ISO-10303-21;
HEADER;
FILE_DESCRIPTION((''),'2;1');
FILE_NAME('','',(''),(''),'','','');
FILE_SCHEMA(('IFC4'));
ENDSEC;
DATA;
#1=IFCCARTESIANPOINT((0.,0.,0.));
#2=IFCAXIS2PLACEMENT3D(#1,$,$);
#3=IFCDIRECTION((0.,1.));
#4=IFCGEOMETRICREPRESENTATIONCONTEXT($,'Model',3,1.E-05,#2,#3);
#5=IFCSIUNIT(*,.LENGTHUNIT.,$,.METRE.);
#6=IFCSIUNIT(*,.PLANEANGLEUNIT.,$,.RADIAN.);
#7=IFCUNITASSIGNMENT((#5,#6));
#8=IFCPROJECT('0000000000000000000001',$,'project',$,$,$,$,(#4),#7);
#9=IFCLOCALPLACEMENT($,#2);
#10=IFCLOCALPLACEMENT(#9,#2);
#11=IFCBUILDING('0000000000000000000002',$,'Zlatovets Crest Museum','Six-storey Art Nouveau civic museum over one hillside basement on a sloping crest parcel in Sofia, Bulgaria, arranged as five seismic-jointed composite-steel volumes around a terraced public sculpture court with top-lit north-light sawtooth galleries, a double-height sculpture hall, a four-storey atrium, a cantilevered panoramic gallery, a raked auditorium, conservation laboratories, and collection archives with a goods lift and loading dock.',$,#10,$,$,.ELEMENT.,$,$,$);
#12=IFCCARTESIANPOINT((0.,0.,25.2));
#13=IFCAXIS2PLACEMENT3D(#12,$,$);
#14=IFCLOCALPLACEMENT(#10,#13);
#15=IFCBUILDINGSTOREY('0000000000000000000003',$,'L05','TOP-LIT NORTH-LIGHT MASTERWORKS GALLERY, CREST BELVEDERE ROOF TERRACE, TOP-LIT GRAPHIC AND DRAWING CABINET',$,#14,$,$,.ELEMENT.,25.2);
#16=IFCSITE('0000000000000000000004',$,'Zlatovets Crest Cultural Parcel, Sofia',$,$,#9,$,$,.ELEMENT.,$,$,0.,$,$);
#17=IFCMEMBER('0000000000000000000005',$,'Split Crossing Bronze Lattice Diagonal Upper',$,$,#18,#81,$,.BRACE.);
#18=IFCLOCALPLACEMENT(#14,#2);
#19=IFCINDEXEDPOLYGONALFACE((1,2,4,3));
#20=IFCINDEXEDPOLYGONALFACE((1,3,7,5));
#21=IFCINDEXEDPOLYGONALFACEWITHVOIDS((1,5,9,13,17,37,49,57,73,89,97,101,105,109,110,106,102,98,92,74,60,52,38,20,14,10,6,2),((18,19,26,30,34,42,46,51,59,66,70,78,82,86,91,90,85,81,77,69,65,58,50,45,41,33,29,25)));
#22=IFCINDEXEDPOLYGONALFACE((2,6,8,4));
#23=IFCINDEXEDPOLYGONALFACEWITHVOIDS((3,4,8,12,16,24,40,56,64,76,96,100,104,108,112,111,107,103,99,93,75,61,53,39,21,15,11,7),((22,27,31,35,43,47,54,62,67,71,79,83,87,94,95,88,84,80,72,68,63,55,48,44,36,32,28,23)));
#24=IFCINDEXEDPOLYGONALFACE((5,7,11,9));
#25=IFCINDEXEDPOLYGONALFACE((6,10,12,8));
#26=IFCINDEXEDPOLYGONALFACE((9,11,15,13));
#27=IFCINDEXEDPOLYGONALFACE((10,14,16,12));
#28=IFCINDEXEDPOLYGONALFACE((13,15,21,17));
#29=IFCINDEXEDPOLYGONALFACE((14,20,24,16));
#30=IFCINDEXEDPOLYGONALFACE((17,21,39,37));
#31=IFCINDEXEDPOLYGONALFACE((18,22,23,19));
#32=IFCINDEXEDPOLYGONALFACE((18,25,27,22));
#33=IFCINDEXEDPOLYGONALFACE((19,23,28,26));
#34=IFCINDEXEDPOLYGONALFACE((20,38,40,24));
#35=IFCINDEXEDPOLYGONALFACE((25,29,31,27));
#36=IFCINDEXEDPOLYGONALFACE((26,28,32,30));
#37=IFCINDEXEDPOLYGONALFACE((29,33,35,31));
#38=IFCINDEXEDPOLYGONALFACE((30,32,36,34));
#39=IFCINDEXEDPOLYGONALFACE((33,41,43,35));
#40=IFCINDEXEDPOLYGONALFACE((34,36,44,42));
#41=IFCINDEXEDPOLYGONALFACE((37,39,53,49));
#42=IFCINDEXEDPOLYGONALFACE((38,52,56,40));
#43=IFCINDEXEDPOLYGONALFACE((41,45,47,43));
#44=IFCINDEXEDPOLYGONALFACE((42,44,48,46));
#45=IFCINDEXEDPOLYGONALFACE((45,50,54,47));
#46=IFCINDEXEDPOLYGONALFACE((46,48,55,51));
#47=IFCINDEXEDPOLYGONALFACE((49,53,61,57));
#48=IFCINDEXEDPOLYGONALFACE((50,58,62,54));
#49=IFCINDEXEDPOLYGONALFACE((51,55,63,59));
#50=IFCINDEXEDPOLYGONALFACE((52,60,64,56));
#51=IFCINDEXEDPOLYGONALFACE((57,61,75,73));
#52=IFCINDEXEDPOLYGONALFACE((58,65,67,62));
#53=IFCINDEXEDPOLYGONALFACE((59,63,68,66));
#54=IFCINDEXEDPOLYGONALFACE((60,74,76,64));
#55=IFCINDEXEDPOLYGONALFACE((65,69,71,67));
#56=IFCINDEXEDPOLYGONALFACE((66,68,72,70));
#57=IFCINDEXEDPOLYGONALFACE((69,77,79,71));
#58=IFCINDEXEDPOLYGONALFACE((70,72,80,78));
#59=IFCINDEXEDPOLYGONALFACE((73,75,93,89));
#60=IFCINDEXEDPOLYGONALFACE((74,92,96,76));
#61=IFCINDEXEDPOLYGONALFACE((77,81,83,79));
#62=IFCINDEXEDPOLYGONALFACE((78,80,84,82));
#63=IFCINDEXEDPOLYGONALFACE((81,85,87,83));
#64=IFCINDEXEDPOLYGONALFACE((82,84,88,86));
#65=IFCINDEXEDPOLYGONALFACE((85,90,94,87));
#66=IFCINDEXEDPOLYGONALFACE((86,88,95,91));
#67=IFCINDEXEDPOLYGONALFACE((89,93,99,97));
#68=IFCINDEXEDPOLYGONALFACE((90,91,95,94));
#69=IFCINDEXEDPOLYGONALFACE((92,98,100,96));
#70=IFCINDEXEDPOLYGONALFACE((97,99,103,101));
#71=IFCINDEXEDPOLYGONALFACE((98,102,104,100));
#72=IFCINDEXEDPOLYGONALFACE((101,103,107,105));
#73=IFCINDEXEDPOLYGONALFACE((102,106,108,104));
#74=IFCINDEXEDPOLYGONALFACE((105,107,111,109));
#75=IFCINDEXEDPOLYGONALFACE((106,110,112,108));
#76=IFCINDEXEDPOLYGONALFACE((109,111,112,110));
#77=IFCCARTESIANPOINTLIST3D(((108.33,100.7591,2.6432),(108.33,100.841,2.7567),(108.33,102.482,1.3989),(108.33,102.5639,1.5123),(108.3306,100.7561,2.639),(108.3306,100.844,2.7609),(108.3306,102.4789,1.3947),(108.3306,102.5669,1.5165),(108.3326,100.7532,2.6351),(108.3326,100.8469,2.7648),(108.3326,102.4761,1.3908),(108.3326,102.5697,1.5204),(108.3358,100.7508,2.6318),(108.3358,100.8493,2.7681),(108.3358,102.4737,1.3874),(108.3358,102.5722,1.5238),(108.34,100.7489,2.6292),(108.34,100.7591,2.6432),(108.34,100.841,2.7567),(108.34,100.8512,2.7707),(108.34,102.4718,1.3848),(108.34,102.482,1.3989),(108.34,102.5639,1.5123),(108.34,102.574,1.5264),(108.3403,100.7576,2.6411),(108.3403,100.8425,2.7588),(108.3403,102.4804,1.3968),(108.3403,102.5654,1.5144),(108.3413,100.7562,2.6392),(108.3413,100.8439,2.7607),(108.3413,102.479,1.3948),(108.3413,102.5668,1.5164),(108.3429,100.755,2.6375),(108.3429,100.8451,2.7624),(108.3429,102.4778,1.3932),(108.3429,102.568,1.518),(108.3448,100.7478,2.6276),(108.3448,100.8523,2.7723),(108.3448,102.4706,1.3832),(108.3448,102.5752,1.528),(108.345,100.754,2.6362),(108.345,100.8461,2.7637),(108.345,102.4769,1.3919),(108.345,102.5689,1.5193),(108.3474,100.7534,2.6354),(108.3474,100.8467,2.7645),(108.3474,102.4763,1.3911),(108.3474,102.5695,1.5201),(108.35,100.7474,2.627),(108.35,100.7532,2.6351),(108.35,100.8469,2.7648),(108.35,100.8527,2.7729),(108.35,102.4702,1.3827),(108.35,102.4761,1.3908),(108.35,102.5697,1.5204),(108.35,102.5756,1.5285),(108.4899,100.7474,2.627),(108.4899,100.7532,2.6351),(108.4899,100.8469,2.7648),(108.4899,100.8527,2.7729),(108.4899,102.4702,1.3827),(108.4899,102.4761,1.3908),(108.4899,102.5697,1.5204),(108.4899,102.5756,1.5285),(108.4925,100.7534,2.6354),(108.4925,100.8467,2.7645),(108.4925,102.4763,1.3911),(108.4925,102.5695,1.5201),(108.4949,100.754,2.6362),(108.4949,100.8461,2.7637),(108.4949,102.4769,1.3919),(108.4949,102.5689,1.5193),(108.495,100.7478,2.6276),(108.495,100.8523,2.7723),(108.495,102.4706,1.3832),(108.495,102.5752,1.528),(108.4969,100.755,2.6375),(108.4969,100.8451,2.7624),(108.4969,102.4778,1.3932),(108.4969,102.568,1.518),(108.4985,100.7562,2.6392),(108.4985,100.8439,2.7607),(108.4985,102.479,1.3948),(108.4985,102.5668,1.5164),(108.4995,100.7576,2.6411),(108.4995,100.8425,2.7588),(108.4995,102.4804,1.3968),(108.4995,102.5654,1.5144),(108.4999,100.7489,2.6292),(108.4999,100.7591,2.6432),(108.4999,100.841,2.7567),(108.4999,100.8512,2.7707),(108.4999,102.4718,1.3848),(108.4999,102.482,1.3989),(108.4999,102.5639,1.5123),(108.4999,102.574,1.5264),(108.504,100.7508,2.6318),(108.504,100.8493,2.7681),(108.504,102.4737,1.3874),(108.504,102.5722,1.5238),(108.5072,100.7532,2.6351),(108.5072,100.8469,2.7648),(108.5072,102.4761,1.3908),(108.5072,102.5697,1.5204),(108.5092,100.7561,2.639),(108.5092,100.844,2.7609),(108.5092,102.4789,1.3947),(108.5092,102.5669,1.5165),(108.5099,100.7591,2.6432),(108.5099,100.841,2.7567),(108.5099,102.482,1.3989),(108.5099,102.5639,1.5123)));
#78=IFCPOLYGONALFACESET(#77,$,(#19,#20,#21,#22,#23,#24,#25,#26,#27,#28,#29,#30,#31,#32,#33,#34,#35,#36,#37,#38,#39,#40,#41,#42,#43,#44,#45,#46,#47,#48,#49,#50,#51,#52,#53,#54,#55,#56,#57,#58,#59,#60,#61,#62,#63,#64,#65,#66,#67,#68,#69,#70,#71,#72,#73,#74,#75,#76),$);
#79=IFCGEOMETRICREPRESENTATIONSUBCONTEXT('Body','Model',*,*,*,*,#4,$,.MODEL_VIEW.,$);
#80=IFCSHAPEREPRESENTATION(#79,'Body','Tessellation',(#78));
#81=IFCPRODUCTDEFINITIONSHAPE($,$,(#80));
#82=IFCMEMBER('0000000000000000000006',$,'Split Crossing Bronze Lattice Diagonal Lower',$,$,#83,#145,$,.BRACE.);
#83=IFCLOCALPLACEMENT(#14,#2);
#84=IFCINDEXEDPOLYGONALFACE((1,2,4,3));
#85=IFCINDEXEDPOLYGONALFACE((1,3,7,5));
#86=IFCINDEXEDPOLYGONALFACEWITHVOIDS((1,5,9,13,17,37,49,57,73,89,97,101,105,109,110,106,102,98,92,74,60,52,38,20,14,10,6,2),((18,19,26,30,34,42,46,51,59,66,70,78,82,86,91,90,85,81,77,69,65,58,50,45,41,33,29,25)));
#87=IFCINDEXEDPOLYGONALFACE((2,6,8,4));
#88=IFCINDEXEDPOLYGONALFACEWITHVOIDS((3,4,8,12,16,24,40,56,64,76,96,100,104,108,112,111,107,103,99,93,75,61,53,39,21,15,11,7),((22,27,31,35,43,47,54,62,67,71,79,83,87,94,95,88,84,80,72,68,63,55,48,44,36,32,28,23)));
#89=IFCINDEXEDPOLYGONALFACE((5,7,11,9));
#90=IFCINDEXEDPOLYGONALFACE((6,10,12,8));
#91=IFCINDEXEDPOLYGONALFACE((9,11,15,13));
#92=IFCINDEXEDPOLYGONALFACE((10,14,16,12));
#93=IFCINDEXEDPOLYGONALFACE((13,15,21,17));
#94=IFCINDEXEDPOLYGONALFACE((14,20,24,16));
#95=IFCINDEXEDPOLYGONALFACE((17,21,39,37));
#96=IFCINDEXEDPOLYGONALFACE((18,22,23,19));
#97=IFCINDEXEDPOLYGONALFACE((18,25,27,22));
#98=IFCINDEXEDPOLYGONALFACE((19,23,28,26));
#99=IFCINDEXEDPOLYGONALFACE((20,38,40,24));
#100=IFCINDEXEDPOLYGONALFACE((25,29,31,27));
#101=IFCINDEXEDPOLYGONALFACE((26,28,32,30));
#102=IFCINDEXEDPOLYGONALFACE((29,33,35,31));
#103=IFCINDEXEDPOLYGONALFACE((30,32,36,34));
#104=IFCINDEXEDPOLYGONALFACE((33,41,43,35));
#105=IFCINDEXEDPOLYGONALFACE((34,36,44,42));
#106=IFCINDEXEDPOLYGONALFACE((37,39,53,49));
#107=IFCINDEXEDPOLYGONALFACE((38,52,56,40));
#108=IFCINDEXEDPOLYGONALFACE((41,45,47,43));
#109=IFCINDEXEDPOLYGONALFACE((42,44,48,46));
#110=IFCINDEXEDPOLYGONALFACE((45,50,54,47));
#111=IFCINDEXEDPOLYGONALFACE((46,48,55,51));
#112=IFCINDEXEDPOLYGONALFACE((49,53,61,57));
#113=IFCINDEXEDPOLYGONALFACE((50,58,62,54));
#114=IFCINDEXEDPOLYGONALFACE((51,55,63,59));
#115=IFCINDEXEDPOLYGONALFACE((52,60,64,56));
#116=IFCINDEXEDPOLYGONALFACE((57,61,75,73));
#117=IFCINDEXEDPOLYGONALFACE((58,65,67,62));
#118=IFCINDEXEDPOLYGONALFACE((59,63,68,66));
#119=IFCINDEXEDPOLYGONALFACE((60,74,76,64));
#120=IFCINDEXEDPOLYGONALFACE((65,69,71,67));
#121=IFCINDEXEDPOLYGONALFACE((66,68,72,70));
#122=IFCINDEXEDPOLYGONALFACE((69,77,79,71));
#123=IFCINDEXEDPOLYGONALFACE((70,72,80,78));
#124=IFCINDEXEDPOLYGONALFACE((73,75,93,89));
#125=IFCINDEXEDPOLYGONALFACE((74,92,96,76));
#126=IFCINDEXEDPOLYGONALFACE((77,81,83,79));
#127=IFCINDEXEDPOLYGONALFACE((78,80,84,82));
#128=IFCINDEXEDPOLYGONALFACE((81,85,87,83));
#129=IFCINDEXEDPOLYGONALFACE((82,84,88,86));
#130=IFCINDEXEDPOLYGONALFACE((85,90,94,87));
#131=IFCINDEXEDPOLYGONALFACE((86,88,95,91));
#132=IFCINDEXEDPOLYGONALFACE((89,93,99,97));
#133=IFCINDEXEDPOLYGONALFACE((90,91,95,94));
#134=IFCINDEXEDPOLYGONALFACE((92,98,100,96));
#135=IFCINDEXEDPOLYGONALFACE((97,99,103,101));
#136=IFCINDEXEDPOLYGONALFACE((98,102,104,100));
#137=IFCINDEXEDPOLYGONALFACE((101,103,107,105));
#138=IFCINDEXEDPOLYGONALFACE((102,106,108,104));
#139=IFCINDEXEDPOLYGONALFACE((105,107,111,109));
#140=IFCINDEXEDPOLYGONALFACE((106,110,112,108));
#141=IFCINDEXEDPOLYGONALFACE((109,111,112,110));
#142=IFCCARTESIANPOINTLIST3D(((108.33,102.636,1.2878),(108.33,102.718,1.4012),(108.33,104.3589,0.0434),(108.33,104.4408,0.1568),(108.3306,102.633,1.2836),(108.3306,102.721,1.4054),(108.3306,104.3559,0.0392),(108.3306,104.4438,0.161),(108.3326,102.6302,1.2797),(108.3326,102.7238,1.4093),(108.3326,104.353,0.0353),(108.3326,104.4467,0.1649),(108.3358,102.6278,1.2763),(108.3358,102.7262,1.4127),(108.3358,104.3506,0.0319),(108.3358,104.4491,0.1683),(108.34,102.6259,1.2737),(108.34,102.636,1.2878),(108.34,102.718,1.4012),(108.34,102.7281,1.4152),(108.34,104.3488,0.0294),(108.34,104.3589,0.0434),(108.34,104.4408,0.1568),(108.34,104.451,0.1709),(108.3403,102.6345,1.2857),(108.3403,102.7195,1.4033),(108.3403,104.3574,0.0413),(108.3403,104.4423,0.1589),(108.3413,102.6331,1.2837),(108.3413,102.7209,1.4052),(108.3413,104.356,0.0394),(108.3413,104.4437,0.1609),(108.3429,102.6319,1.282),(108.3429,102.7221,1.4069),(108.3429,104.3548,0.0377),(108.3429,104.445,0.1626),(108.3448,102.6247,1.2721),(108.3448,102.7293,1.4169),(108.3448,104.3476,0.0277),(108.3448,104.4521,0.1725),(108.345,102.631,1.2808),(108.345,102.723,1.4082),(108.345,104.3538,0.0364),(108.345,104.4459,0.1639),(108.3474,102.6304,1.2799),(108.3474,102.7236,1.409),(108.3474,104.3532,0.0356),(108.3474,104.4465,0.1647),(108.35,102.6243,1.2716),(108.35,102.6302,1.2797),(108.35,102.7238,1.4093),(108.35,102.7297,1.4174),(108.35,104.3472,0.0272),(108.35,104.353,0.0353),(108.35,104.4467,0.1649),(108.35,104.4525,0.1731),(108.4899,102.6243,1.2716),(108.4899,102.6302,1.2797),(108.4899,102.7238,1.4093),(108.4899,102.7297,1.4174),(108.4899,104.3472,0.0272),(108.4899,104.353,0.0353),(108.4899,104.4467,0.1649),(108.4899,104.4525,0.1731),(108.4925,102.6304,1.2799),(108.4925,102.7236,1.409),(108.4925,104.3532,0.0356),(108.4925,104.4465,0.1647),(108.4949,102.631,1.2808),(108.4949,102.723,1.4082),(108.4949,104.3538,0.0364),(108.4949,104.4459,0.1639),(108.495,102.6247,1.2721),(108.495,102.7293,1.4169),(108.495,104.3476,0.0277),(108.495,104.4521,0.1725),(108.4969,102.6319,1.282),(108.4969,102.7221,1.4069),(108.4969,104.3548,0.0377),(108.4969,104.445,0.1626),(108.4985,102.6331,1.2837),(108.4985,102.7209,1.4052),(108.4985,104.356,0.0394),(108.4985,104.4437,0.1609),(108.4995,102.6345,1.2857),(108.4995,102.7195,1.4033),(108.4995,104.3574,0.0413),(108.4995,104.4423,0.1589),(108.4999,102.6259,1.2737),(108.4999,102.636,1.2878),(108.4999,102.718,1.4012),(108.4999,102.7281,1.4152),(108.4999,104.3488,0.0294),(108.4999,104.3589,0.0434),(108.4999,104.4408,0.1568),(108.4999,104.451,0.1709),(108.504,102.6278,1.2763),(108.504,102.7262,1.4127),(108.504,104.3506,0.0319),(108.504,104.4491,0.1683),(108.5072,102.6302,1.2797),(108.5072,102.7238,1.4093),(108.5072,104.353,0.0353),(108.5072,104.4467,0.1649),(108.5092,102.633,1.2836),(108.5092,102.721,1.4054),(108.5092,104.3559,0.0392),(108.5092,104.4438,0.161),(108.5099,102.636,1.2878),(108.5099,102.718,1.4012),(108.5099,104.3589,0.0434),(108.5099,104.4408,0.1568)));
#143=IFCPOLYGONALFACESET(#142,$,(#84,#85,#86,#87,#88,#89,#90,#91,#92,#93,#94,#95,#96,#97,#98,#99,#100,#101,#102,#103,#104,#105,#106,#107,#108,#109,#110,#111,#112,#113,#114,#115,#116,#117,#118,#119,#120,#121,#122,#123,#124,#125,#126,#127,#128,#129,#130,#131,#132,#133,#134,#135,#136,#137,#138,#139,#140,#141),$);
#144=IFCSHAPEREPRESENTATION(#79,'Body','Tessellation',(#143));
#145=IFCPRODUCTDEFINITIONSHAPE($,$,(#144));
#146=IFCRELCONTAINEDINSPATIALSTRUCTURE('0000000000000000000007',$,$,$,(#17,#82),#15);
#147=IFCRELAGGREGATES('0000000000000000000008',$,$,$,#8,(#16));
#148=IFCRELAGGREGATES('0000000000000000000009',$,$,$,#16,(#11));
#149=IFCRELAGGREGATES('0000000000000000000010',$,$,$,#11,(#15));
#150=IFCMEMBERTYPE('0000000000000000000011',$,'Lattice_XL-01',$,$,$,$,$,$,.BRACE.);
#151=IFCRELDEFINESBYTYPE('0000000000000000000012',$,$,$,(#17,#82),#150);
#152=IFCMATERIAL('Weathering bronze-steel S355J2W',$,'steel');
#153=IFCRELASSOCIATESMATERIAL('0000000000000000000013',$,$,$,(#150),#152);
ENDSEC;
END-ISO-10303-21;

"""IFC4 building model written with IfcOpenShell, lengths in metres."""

from ifc_helpers import new_model, si_unit, direction, frame, origin, origin_2d, place, context, subcontext, project, spatial, hollow_rectangle, extrude, material, material_profile, profile_set, type_object, element, save


model = new_model("IFC4")

# Units and contexts
model_context = context("Model", 3, precision=1e-05, world=origin(), true_north=direction((0.0, 1.0)))
body_context = subcontext(model_context, "Body", "Model", "MODEL_VIEW")
ifc_project = project(units=[si_unit("LENGTHUNIT", "METRE"), si_unit("PLANEANGLEUNIT", "RADIAN")], contexts=[model_context])

# Site, building, storey
site_placement = place(None, origin())
site = spatial("IfcSite", under=ifc_project, at=site_placement, Name="Zlatovets Crest Cultural Parcel, Sofia", CompositionType="ELEMENT", RefElevation=0.0)
building_placement = place(site_placement, origin())
building = spatial("IfcBuilding", under=site, at=building_placement, Name="Zlatovets Crest Museum", Description="Six-storey Art Nouveau civic museum over one hillside basement on a sloping crest parcel in Sofia, Bulgaria, arranged as five seismic-jointed composite-steel volumes around a terraced public sculpture court with top-lit north-light sawtooth galleries, a double-height sculpture hall, a four-storey atrium, a cantilevered panoramic gallery, a raked auditorium, conservation laboratories, and collection archives with a goods lift and loading dock.", CompositionType="ELEMENT")
storey_placement = place(building_placement, frame((0.0, 0.0, 25.2)))
storey = spatial("IfcBuildingStorey", under=building, at=storey_placement, Name="L05", Description="TOP-LIT NORTH-LIGHT MASTERWORKS GALLERY, CREST BELVEDERE ROOF TERRACE, TOP-LIT GRAPHIC AND DRAWING CABINET", CompositionType="ELEMENT", Elevation=25.2)

# Members
ifc_material_1 = material(Name="Weathering bronze-steel S355J2W", Category="steel")
ifc_material_profile_1 = material_profile(ifc_material_1, hollow_rectangle(XDim=0.1799, YDim=0.1799, WallThickness=0.01, InnerFilletRadius=0.01, OuterFilletRadius=0.02, at=origin_2d()), Name="SHS 180x180x10.0")
ifc_profile_set_1 = profile_set([ifc_material_profile_1], Name="Weathering bronze-steel S355J2W")
member_type_1 = type_object("IfcMemberType", Name="Lattice_XL-01", PredefinedType="BRACE", material=ifc_profile_set_1)
for number, where, z_axis, x_axis, name in (
    (1, (108.4199, 100.8, 2.7), (0.0, 0.810664, -0.585512), (-1.0, 0.0, 0.0), "Split Crossing Bronze Lattice Diagonal Upper"),
    (2, (108.4199, 102.677, 1.3445), (0.0, 0.810664, -0.585512), (-1.0, 0.0, 0.0), "Split Crossing Bronze Lattice Diagonal Lower"),
):
    element("IfcMember", number, at=place(storey_placement, frame(where, z_axis=z_axis, x_axis=x_axis)), inside=storey, type_object=member_type_1, Name=name, PredefinedType="BRACE", context=body_context, shape_type="SweptSolid", body=[
        extrude(hollow_rectangle(XDim=0.1799, YDim=0.1799, WallThickness=0.01, InnerFilletRadius=0.01, OuterFilletRadius=0.02, at=origin_2d()), origin(), (0.0, 0.0, 1.0), 2.1252),
    ])

save(model, "model.ifc")
